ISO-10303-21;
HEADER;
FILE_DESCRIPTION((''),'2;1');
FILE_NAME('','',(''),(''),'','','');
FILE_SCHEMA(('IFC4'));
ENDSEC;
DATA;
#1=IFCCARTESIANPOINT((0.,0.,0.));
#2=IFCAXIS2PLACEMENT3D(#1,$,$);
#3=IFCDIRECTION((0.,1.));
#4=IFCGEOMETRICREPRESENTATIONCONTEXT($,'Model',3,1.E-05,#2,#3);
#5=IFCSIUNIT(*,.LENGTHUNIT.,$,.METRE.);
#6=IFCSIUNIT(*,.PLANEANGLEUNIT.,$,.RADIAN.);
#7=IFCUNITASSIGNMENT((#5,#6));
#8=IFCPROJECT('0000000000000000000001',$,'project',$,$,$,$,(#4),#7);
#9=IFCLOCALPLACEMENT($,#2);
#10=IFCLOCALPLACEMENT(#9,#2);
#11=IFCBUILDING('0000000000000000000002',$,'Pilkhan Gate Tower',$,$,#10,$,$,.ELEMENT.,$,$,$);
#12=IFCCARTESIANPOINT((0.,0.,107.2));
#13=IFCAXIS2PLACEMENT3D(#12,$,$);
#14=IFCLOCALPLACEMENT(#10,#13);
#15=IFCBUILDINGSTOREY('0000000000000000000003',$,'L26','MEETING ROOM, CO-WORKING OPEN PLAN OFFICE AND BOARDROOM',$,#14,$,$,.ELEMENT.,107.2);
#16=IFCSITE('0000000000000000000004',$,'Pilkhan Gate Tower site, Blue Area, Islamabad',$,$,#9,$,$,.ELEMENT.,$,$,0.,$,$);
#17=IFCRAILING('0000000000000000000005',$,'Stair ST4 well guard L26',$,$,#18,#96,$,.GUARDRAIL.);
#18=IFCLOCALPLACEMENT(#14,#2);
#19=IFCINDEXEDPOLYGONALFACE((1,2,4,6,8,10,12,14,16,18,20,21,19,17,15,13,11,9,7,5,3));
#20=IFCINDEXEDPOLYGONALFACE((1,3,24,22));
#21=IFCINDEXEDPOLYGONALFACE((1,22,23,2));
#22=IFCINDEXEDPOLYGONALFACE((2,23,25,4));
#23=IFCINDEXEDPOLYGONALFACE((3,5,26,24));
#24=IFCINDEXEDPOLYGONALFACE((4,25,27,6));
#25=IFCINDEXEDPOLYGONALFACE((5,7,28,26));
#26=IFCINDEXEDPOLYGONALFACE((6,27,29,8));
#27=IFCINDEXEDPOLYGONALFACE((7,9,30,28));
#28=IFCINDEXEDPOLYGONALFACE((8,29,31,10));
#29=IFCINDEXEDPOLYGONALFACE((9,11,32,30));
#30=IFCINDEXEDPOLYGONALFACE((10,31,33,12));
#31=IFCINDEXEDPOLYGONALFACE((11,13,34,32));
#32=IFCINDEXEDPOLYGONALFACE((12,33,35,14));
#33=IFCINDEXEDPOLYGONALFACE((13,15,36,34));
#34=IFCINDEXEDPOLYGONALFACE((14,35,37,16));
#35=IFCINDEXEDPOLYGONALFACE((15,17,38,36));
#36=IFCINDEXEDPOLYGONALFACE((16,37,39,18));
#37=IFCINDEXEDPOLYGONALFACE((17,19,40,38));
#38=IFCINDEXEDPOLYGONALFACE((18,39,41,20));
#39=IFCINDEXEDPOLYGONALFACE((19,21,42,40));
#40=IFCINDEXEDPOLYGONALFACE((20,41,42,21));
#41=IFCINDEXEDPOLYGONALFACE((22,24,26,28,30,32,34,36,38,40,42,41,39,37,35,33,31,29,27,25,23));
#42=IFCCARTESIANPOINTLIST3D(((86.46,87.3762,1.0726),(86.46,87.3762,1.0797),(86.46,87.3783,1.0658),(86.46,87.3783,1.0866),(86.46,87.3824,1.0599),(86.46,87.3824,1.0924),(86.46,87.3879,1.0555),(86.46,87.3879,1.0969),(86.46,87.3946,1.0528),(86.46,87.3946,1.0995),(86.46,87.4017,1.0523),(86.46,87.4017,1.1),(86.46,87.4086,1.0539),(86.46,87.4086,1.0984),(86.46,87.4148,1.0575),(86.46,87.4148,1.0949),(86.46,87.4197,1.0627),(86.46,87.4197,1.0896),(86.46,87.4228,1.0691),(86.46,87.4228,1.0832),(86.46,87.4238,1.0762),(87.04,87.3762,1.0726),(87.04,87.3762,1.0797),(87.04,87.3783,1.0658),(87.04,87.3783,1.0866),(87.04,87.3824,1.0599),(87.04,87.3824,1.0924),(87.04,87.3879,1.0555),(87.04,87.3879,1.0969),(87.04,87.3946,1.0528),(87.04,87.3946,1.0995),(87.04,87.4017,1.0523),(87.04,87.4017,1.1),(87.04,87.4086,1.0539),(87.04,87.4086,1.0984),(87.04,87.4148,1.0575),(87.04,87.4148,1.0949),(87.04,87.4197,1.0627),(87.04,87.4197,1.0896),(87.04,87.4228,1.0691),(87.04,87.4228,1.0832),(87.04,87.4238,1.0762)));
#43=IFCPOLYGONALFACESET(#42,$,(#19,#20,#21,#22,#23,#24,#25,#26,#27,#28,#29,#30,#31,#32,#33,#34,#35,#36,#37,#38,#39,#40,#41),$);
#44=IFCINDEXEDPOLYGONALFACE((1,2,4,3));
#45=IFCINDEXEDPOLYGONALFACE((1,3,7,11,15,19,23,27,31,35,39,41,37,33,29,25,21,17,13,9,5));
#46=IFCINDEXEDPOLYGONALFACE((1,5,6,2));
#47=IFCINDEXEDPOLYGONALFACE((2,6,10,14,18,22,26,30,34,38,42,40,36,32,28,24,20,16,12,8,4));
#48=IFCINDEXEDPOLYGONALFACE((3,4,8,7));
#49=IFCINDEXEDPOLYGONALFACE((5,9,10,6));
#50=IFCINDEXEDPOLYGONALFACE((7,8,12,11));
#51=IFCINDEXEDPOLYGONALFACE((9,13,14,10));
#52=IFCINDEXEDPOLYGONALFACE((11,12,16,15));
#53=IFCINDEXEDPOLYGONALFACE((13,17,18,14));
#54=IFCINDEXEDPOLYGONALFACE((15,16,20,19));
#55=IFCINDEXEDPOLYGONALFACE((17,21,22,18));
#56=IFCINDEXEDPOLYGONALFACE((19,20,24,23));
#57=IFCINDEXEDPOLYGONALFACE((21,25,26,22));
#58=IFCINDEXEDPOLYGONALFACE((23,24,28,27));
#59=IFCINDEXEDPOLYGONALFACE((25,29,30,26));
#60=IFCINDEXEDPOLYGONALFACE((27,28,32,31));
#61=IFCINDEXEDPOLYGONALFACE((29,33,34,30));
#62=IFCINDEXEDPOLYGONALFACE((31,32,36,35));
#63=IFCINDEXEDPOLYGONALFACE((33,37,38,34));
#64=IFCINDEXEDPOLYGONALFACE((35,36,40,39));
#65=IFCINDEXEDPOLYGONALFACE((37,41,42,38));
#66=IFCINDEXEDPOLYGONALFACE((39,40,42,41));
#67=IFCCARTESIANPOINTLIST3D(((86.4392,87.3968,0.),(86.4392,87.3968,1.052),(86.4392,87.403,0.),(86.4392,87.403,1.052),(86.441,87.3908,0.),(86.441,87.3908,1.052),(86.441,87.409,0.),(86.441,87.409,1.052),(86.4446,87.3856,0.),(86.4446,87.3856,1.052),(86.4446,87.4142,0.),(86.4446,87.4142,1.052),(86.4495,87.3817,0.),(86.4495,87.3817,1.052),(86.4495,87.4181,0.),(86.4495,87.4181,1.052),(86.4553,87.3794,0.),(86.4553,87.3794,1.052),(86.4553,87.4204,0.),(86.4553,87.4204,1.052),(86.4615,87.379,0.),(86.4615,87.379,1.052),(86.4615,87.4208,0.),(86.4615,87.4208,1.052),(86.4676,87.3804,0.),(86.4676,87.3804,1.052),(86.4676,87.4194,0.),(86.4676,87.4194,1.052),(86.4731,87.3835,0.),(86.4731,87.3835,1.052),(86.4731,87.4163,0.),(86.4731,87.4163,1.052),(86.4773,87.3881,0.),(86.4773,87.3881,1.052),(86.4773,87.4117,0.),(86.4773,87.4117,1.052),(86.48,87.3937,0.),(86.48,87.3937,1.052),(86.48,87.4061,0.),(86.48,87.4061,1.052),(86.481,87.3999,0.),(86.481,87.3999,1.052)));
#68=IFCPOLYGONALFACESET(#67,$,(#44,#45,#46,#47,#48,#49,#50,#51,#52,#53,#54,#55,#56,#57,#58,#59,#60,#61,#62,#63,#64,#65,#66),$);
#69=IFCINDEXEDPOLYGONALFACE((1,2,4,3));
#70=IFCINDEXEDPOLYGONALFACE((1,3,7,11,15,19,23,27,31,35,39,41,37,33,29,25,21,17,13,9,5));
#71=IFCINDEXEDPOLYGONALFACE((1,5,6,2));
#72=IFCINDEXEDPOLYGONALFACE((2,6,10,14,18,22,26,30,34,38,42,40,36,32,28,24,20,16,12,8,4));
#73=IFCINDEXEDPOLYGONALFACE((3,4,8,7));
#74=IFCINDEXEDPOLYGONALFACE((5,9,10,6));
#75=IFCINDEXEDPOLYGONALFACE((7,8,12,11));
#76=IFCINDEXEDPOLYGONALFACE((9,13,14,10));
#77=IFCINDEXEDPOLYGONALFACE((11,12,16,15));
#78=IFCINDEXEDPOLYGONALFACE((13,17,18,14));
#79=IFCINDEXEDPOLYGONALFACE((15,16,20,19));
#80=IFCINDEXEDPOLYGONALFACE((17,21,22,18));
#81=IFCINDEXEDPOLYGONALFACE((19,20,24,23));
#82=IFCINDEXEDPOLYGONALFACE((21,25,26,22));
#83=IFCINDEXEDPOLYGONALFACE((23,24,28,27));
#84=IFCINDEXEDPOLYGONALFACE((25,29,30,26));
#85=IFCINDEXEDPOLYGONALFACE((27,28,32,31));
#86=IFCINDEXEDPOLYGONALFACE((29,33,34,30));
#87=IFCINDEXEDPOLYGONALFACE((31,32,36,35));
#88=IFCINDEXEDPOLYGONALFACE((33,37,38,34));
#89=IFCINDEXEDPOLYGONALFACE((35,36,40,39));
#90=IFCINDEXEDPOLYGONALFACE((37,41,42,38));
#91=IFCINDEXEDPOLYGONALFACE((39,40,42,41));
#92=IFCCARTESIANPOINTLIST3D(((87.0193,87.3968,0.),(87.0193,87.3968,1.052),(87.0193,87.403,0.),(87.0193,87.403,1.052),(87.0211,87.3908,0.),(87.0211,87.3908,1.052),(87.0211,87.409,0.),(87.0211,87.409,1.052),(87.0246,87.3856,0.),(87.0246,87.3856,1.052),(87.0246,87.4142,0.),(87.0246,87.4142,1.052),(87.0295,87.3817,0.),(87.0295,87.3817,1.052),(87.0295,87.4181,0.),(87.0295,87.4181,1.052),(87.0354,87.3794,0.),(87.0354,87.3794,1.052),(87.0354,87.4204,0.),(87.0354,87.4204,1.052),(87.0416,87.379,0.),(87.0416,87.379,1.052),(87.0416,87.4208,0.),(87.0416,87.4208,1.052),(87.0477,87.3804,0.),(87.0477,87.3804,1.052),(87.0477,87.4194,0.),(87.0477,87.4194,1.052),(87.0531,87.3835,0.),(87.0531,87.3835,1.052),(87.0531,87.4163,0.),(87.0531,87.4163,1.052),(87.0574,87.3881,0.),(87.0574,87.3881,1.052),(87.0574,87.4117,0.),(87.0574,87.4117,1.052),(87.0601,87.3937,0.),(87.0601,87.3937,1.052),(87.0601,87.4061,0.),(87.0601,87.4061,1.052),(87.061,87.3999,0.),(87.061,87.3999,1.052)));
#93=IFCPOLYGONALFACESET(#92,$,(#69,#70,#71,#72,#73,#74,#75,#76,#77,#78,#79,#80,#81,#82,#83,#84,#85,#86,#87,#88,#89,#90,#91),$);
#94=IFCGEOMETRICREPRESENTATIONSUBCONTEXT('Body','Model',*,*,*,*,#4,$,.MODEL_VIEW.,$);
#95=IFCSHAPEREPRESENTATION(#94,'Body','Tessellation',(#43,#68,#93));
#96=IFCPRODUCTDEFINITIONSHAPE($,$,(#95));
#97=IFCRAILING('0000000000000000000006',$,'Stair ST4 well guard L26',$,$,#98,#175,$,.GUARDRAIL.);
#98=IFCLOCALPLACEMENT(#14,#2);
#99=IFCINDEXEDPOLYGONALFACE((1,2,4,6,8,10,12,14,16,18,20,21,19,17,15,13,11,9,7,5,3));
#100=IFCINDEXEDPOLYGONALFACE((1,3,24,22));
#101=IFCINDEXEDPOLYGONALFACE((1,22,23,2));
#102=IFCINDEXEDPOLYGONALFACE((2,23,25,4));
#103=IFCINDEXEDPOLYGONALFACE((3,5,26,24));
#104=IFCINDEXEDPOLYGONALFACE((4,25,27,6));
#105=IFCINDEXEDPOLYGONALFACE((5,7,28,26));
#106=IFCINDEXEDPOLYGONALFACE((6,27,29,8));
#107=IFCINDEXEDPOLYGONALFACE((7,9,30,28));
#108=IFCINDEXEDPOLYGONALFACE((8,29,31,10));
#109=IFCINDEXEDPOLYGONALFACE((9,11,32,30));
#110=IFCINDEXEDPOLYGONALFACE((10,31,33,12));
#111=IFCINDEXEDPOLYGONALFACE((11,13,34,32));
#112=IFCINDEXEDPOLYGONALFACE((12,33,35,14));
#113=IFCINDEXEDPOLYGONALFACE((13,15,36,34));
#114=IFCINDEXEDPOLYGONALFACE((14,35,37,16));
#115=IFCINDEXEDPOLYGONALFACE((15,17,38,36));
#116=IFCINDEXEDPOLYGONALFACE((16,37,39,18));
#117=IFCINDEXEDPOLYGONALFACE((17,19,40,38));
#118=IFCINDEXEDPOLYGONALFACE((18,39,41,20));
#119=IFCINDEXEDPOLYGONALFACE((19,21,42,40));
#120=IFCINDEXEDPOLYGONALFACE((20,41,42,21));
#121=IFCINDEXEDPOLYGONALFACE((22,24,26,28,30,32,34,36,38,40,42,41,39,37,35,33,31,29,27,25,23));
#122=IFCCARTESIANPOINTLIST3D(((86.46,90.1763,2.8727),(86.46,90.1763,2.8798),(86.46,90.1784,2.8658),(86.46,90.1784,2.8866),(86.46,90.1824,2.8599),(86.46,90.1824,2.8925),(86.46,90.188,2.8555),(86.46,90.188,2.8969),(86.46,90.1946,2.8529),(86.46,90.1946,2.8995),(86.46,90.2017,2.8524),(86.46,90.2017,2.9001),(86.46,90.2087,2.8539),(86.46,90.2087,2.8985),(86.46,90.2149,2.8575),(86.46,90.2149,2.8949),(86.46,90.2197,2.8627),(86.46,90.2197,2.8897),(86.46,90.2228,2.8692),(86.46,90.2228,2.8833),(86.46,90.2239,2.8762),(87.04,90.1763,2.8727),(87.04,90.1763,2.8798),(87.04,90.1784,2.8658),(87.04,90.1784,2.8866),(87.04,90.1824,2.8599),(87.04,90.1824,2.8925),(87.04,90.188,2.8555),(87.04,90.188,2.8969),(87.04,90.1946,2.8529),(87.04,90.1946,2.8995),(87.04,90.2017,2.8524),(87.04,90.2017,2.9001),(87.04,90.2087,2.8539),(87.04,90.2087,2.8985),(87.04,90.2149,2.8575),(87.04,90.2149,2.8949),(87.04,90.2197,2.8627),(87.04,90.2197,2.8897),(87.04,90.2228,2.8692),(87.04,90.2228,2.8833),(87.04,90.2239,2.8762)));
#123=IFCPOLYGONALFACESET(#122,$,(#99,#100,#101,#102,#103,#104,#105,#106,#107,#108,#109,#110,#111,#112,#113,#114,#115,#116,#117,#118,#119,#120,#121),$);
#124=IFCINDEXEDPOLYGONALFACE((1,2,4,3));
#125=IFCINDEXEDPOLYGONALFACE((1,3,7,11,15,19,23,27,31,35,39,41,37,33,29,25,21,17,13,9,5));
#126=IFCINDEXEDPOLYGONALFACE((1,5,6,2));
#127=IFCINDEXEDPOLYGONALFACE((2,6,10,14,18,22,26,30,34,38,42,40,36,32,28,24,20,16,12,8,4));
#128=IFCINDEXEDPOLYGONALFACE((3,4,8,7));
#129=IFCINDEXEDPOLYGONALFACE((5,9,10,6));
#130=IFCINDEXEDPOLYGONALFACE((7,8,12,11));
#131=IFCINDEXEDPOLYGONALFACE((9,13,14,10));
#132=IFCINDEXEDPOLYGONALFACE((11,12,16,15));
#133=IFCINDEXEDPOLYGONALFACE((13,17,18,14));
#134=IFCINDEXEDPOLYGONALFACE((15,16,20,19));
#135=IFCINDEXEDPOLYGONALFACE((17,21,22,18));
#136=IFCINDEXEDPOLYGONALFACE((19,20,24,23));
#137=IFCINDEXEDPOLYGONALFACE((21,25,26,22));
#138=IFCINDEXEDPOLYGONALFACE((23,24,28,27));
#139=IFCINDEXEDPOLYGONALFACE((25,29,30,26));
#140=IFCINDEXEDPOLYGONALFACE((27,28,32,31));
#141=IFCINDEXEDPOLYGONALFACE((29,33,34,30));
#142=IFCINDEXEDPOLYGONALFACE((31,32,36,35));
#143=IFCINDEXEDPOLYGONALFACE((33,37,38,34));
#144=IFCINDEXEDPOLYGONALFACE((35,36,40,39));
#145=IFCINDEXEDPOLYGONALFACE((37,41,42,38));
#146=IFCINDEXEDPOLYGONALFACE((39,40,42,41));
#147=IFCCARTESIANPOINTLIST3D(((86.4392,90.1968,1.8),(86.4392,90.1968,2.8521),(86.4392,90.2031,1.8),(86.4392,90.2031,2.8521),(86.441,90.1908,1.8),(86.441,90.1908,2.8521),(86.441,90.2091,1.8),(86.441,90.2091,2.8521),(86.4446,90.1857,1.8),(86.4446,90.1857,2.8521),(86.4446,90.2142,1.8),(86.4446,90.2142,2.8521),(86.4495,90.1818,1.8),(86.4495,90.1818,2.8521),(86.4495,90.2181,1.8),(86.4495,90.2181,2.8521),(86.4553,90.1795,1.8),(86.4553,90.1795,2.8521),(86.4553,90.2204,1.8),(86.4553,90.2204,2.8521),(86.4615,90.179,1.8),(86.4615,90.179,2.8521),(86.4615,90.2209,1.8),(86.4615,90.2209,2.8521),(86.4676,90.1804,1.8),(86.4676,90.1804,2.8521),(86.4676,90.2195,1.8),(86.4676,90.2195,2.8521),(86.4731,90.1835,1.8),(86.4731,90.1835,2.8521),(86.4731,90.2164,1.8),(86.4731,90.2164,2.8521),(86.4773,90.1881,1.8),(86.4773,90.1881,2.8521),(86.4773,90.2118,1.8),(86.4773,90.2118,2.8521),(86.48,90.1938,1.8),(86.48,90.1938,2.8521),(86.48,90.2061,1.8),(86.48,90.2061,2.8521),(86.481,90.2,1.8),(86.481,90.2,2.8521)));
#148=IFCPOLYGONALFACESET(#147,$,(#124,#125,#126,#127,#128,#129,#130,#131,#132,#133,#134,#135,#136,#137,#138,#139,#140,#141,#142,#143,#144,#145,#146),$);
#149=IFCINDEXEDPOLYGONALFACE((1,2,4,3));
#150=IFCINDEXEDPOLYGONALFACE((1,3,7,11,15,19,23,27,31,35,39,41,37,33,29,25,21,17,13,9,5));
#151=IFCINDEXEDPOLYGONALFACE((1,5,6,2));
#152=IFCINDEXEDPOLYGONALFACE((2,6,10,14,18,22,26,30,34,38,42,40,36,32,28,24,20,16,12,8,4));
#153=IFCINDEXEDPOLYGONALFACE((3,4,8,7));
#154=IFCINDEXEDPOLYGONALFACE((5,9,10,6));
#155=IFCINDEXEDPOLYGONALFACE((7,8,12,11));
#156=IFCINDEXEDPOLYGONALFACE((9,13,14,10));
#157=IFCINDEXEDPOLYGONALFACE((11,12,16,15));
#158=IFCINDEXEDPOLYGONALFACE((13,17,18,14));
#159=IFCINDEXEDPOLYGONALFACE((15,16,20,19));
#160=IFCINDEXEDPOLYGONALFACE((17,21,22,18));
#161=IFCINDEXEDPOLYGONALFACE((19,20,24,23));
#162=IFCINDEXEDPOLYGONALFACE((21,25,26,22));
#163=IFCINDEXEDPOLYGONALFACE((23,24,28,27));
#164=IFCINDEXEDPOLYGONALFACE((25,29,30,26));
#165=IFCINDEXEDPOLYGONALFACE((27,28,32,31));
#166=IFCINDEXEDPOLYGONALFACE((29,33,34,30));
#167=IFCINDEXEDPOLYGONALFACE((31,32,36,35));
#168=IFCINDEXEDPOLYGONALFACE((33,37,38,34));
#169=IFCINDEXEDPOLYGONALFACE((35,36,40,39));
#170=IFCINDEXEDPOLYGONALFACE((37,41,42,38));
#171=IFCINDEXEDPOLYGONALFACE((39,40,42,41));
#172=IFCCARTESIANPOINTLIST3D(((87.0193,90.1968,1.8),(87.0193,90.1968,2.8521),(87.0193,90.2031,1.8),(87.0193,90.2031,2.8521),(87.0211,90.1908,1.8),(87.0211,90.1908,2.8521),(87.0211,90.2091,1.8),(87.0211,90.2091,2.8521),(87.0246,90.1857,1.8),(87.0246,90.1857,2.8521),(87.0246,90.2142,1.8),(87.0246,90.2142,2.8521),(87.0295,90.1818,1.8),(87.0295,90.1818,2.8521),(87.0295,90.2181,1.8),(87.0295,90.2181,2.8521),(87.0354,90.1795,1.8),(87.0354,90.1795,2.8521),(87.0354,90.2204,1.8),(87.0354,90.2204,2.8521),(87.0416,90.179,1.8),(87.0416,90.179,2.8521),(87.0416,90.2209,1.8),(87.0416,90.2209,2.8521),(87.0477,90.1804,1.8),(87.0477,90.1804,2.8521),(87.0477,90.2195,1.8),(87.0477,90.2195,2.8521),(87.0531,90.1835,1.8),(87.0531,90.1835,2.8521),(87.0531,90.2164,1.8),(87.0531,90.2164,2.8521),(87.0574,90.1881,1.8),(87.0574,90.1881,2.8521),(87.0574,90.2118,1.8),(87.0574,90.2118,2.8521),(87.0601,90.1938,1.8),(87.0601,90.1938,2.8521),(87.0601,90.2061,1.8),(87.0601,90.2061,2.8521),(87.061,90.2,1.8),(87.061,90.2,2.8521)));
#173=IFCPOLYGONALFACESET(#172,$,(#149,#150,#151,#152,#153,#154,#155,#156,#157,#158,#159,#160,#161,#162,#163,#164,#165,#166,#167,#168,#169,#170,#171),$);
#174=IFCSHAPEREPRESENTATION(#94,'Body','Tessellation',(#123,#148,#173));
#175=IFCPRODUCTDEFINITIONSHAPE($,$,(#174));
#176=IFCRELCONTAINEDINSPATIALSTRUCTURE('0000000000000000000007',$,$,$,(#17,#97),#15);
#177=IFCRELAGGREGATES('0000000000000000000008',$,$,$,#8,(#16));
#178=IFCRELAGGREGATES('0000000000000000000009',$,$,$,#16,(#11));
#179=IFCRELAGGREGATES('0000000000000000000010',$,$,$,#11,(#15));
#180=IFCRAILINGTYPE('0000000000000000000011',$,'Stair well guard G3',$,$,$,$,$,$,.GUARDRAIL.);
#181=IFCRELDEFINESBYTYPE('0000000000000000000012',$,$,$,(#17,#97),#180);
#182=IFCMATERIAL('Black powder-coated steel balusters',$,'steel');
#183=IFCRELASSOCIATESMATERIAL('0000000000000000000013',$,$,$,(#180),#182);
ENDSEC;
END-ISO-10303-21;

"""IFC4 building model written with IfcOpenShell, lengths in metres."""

from ifc_helpers import new_model, si_unit, direction, frame, origin, origin_2d, place, context, subcontext, project, spatial, circle, extrude, material, type_object, element, save


model = new_model("IFC4")

# Units and contexts
model_context = context("Model", 3, precision=1e-05, world=origin(), true_north=direction((0.0, 1.0)))
body_context = subcontext(model_context, "Body", "Model", "MODEL_VIEW")
ifc_project = project(units=[si_unit("LENGTHUNIT", "METRE"), si_unit("PLANEANGLEUNIT", "RADIAN")], contexts=[model_context])

# Site, building, storey
site_placement = place(None, origin())
site = spatial("IfcSite", under=ifc_project, at=site_placement, Name="Pilkhan Gate Tower site, Blue Area, Islamabad", CompositionType="ELEMENT", RefElevation=0.0)
building_placement = place(site_placement, origin())
building = spatial("IfcBuilding", under=site, at=building_placement, Name="Pilkhan Gate Tower", CompositionType="ELEMENT")
storey_placement = place(building_placement, frame((0.0, 0.0, 107.2)))
storey = spatial("IfcBuildingStorey", under=building, at=storey_placement, Name="L26", Description="MEETING ROOM, CO-WORKING OPEN PLAN OFFICE AND BOARDROOM", CompositionType="ELEMENT", Elevation=107.2)

# Railings
ifc_material_1 = material(Name="Black powder-coated steel balusters", Category="steel")
railing_type_1 = type_object("IfcRailingType", Name="Stair well guard G3", PredefinedType="GUARDRAIL", material=ifc_material_1)
for number, where, name in (
    (1, (86.46, 87.3999, 0.0), "Stair ST4 well guard L26"),
    (2, (86.46, 90.2, 1.8), "Stair ST4 well guard L26"),
):
    element("IfcRailing", number, at=place(storey_placement, frame(where)), inside=storey, type_object=railing_type_1, Name=name, PredefinedType="GUARDRAIL", context=body_context, shape_type="SweptSolid", body=[
        extrude(circle(Radius=0.0239, at=origin_2d()), frame((0.0, 0.0, 1.0762), z_axis=(1.0, 0.0, 0.0), x_axis=(0.0, 1.0, 0.0)), (0.0, 0.0, 1.0), 0.5801),
        extrude(circle(Radius=0.021, at=origin_2d()), origin(), (0.0, 0.0, 1.0), 1.052),
        extrude(circle(Radius=0.021, at=origin_2d()), frame((0.5801, 0.0, 0.0)), (0.0, 0.0, 1.0), 1.052),
    ])

save(model, "model.ifc")
